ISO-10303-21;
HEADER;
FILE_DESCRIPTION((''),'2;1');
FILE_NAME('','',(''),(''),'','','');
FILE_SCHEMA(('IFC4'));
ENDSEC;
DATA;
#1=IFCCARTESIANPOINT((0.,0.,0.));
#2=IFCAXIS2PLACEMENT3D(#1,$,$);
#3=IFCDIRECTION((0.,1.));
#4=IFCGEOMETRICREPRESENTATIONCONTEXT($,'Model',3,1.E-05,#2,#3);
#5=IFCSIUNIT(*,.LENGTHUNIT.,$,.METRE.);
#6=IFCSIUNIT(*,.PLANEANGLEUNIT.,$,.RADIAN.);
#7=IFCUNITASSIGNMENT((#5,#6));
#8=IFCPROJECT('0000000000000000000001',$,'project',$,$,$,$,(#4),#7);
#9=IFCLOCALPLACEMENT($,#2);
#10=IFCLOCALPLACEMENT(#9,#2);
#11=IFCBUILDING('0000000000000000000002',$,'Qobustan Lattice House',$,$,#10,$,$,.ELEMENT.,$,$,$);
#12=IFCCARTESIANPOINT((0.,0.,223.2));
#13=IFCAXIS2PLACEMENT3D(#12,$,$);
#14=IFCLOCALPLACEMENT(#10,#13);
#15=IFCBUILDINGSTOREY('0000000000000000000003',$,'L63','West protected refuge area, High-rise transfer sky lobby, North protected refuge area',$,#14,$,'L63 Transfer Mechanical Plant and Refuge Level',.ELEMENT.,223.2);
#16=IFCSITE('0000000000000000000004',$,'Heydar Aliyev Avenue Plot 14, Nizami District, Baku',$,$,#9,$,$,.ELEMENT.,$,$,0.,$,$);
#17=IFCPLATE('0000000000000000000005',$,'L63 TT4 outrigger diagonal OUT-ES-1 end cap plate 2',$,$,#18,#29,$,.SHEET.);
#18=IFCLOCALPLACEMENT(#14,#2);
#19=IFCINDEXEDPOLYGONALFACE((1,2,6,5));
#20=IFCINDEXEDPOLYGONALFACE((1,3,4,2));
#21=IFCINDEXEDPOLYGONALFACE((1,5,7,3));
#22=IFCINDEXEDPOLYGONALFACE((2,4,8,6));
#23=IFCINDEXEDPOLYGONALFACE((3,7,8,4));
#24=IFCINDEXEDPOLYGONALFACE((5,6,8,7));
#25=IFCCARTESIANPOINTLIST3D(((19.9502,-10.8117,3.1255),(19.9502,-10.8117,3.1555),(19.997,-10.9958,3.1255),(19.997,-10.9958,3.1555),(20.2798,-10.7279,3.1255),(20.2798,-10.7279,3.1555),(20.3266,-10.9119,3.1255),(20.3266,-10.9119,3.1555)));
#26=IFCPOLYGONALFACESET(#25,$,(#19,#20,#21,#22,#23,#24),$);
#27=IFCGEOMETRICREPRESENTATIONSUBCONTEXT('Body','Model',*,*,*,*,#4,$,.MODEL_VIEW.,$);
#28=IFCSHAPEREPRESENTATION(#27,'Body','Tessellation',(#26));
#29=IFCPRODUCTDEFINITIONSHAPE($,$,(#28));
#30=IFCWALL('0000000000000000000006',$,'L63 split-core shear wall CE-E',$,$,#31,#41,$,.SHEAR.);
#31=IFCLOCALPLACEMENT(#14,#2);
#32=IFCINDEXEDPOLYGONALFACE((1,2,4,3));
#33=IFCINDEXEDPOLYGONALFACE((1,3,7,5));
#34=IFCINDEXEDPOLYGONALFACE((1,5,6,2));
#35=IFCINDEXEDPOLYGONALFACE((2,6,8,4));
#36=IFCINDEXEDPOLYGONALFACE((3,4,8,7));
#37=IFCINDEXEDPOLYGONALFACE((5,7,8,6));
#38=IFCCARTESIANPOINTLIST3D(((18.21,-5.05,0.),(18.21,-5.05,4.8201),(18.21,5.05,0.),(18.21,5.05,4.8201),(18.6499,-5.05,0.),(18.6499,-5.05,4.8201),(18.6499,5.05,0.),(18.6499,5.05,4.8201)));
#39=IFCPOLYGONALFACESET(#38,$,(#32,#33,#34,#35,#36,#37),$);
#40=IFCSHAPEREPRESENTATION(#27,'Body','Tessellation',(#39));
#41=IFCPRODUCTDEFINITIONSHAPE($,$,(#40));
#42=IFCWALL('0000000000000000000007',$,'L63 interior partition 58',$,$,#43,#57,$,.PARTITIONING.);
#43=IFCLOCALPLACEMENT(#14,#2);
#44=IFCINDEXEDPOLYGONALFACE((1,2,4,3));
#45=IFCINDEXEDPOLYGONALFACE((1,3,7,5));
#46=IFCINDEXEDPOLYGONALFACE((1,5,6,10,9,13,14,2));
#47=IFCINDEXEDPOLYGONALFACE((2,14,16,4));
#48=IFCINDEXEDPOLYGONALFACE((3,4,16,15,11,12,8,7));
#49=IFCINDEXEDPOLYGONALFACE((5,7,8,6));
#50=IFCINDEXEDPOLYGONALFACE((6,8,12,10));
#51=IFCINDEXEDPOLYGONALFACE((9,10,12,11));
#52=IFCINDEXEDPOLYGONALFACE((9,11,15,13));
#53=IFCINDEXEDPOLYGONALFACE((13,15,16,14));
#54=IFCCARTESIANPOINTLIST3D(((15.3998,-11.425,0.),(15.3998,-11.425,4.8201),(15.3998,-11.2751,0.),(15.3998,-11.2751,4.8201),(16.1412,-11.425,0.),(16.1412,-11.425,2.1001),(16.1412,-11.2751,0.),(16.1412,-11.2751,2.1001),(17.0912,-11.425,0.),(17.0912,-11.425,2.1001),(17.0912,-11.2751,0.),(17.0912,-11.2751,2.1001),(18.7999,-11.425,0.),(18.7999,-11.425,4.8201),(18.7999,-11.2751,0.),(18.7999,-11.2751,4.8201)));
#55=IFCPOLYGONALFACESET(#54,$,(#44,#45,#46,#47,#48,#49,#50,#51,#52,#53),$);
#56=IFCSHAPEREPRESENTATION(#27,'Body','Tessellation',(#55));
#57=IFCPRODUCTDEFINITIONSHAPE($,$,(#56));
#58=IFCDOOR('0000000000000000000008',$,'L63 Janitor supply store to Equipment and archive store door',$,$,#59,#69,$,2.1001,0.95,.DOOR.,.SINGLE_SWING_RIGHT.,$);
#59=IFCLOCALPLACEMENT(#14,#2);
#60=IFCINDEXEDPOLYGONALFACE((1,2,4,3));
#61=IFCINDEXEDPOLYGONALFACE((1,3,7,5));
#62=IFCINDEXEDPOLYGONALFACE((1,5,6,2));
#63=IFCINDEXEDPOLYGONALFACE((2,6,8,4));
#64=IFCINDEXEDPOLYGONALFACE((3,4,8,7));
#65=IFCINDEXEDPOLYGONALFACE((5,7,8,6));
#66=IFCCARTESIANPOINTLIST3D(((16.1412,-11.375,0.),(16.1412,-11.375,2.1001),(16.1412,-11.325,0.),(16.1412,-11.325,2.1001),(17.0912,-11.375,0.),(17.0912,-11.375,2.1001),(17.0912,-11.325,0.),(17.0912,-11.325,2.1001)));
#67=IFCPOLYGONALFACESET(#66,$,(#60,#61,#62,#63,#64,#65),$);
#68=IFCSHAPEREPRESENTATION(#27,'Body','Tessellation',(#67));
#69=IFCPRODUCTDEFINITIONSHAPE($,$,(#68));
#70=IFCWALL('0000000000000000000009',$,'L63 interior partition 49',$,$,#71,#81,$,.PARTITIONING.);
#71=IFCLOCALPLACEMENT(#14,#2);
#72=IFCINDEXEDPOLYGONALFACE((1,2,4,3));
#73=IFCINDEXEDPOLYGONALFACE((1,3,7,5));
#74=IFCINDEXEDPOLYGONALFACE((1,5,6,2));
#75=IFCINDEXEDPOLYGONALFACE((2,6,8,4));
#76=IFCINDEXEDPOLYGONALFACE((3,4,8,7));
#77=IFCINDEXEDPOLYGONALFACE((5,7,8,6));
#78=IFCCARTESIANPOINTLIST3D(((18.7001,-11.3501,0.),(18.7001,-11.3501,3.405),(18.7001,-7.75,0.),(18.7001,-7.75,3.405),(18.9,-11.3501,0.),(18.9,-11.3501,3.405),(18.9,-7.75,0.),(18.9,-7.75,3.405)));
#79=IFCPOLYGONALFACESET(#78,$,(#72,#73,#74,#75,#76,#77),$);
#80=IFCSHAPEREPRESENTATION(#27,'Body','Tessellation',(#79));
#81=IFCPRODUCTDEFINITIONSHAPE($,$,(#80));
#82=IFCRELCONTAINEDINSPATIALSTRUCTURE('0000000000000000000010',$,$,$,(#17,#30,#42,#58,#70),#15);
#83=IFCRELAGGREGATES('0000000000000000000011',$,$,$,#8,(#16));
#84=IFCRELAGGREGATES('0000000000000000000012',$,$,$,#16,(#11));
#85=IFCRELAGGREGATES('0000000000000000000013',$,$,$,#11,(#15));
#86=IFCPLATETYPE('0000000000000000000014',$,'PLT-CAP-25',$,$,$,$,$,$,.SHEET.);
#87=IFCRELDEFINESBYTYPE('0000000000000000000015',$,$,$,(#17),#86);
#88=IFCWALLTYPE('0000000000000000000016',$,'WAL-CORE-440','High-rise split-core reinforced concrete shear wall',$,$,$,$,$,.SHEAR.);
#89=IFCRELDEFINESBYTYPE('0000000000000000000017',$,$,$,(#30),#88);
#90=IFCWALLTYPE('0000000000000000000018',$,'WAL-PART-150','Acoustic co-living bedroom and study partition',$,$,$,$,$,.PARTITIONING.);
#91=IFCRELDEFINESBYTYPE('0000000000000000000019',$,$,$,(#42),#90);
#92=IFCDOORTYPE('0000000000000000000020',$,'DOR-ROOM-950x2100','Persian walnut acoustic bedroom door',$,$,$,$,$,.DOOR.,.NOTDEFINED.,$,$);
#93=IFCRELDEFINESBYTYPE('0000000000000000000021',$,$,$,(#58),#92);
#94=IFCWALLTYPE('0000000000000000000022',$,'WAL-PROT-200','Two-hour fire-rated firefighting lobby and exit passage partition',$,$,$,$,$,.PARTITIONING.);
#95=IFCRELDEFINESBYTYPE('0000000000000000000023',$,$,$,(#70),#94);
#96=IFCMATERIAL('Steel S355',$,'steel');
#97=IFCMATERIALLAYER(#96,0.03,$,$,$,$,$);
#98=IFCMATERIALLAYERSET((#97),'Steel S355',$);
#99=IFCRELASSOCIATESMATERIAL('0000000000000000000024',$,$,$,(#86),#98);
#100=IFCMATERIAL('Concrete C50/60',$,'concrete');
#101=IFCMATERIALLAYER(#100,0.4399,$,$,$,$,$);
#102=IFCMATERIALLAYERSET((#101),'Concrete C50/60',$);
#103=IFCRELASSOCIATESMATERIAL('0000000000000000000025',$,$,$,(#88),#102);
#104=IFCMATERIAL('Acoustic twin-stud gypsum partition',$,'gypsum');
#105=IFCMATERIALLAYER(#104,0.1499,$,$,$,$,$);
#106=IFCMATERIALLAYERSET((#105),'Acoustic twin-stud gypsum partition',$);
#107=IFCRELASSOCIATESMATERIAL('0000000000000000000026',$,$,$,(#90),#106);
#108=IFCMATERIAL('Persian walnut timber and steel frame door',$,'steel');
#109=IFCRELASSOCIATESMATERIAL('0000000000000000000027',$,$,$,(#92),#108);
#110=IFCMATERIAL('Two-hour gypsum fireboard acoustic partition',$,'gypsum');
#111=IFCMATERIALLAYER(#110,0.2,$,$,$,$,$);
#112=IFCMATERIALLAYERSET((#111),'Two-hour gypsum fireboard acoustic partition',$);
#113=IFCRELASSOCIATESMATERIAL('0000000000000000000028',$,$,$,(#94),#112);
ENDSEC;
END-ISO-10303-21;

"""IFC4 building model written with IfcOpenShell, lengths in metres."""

from ifc_helpers import new_model, si_unit, direction, frame, frame_2d, origin, origin_2d, place, context, subcontext, project, spatial, rectangle, extrude, material, layer, layer_set, type_object, element, fill, save


model = new_model("IFC4")

# Units and contexts
model_context = context("Model", 3, precision=1e-05, world=origin(), true_north=direction((0.0, 1.0)))
body_context = subcontext(model_context, "Body", "Model", "MODEL_VIEW")
ifc_project = project(units=[si_unit("LENGTHUNIT", "METRE"), si_unit("PLANEANGLEUNIT", "RADIAN")], contexts=[model_context])

# Site, building, storey
site_placement = place(None, origin())
site = spatial("IfcSite", under=ifc_project, at=site_placement, Name="Heydar Aliyev Avenue Plot 14, Nizami District, Baku", CompositionType="ELEMENT", RefElevation=0.0)
building_placement = place(site_placement, origin())
building = spatial("IfcBuilding", under=site, at=building_placement, Name="Qobustan Lattice House", CompositionType="ELEMENT")
storey_placement = place(building_placement, frame((0.0, 0.0, 223.2)))
storey = spatial("IfcBuildingStorey", under=building, at=storey_placement, Name="L63", Description="West protected refuge area, High-rise transfer sky lobby, North protected refuge area", LongName="L63 Transfer Mechanical Plant and Refuge Level", CompositionType="ELEMENT", Elevation=223.2)

# Plate
ifc_material_1 = material(Name="Steel S355", Category="steel")
ifc_layer_1 = layer(ifc_material_1, 0.03)
ifc_layer_set_1 = layer_set([ifc_layer_1], Name="Steel S355")
plate_type = type_object("IfcPlateType", Name="PLT-CAP-25", PredefinedType="SHEET", material=ifc_layer_set_1)
plate_1_placement = place(storey_placement, frame((20.1384, -10.8618, 3.1255), z_axis=(0.0, 0.0, 1.0), x_axis=(0.246509, -0.969141, 0.0)))
element("IfcPlate", 1, at=plate_1_placement, inside=storey, type_object=plate_type, Name="L63 TT4 outrigger diagonal OUT-ES-1 end cap plate 2", PredefinedType="SHEET", context=body_context, shape_type="SweptSolid", body=[
    extrude(rectangle(XDim=0.1899, YDim=0.3401, at=origin_2d()), origin(), (0.0, 0.0, 1.0), 0.03),
])

# Wall
ifc_material_2 = material(Name="Concrete C50/60", Category="concrete")
ifc_layer_2 = layer(ifc_material_2, 0.4399)
ifc_layer_set_2 = layer_set([ifc_layer_2], Name="Concrete C50/60")
wall_type_1 = type_object("IfcWallType", Name="WAL-CORE-440", Description="High-rise split-core reinforced concrete shear wall", PredefinedType="SHEAR", material=ifc_layer_set_2)
wall_1_placement = place(storey_placement, frame((18.4299, -5.05, 0.0), z_axis=(0.0, 0.0, 1.0), x_axis=(0.0, 1.0, 0.0)))
element("IfcWall", 2, at=wall_1_placement, inside=storey, type_object=wall_type_1, Name="L63 split-core shear wall CE-E", PredefinedType="SHEAR", context=body_context, shape_type="SweptSolid", body=[
    extrude(rectangle(XDim=10.1001, YDim=0.4399, at=frame_2d((5.05, 0.0))), origin(), (0.0, 0.0, 1.0), 4.8201),
])

# Wall, opening, door
ifc_material_3 = material(Name="Acoustic twin-stud gypsum partition", Category="gypsum")
ifc_layer_3 = layer(ifc_material_3, 0.1499)
ifc_layer_set_3 = layer_set([ifc_layer_3], Name="Acoustic twin-stud gypsum partition")
wall_type_2 = type_object("IfcWallType", Name="WAL-PART-150", Description="Acoustic co-living bedroom and study partition", PredefinedType="PARTITIONING", material=ifc_layer_set_3)
wall_2_placement = place(storey_placement, frame((18.8, -11.3501, 0.0), z_axis=(0.0, 0.0, 1.0), x_axis=(-1.0, 0.0, 0.0)))
wall_2 = element("IfcWall", 3, at=wall_2_placement, inside=storey, type_object=wall_type_2, Name="L63 interior partition 58", PredefinedType="PARTITIONING", context=body_context, shape_type="SweptSolid", body=[
    extrude(rectangle(XDim=3.4001, YDim=0.1499, at=frame_2d((1.7002, 0.0))), origin(), (0.0, 0.0, 1.0), 4.8201),
])
opening_placement = place(wall_2_placement, frame((1.7087, 0.0, 0.0)))
opening = element("IfcOpeningElement", 4, at=opening_placement, cuts=wall_2, PredefinedType="OPENING", context=body_context, shape_type="SweptSolid", body=[
    extrude(rectangle(XDim=0.95, YDim=2.1001, at=frame_2d((0.4751, 1.05))), frame((0.0, 0.085, 0.0), z_axis=(0.0, -1.0, 0.0), x_axis=(1.0, 0.0, 0.0)), (0.0, 0.0, 1.0), 0.1699),
])
ifc_material_4 = material(Name="Persian walnut timber and steel frame door", Category="steel")
door_type = type_object("IfcDoorType", Name="DOR-ROOM-950x2100", Description="Persian walnut acoustic bedroom door", OperationType="NOTDEFINED", PredefinedType="DOOR", material=ifc_material_4)
door_placement = place(opening_placement, origin())
door = element("IfcDoor", 5, at=door_placement, inside=storey, type_object=door_type, Name="L63 Janitor supply store to Equipment and archive store door", OperationType="SINGLE_SWING_RIGHT", OverallHeight=2.1001, OverallWidth=0.95, PredefinedType="DOOR", context=body_context, shape_type="SweptSolid", body=[
    extrude(rectangle(XDim=0.95, YDim=2.1001, at=frame_2d((0.4751, 1.05))), frame((0.0, 0.0249, 0.0), z_axis=(0.0, -1.0, 0.0), x_axis=(1.0, 0.0, 0.0)), (0.0, 0.0, 1.0), 0.05),
])
fill(opening, door)

# Wall
ifc_material_5 = material(Name="Two-hour gypsum fireboard acoustic partition", Category="gypsum")
ifc_layer_4 = layer(ifc_material_5, 0.2)
ifc_layer_set_4 = layer_set([ifc_layer_4], Name="Two-hour gypsum fireboard acoustic partition")
wall_type_3 = type_object("IfcWallType", Name="WAL-PROT-200", Description="Two-hour fire-rated firefighting lobby and exit passage partition", PredefinedType="PARTITIONING", material=ifc_layer_set_4)
wall_3_placement = place(storey_placement, frame((18.8, -11.3501, 0.0), z_axis=(0.0, 0.0, 1.0), x_axis=(0.0, 1.0, 0.0)))
element("IfcWall", 6, at=wall_3_placement, inside=storey, type_object=wall_type_3, Name="L63 interior partition 49", PredefinedType="PARTITIONING", context=body_context, shape_type="SweptSolid", body=[
    extrude(rectangle(XDim=3.6001, YDim=0.2, at=frame_2d((1.8, 0.0))), origin(), (0.0, 0.0, 1.0), 3.405),
])

save(model, "model.ifc")
